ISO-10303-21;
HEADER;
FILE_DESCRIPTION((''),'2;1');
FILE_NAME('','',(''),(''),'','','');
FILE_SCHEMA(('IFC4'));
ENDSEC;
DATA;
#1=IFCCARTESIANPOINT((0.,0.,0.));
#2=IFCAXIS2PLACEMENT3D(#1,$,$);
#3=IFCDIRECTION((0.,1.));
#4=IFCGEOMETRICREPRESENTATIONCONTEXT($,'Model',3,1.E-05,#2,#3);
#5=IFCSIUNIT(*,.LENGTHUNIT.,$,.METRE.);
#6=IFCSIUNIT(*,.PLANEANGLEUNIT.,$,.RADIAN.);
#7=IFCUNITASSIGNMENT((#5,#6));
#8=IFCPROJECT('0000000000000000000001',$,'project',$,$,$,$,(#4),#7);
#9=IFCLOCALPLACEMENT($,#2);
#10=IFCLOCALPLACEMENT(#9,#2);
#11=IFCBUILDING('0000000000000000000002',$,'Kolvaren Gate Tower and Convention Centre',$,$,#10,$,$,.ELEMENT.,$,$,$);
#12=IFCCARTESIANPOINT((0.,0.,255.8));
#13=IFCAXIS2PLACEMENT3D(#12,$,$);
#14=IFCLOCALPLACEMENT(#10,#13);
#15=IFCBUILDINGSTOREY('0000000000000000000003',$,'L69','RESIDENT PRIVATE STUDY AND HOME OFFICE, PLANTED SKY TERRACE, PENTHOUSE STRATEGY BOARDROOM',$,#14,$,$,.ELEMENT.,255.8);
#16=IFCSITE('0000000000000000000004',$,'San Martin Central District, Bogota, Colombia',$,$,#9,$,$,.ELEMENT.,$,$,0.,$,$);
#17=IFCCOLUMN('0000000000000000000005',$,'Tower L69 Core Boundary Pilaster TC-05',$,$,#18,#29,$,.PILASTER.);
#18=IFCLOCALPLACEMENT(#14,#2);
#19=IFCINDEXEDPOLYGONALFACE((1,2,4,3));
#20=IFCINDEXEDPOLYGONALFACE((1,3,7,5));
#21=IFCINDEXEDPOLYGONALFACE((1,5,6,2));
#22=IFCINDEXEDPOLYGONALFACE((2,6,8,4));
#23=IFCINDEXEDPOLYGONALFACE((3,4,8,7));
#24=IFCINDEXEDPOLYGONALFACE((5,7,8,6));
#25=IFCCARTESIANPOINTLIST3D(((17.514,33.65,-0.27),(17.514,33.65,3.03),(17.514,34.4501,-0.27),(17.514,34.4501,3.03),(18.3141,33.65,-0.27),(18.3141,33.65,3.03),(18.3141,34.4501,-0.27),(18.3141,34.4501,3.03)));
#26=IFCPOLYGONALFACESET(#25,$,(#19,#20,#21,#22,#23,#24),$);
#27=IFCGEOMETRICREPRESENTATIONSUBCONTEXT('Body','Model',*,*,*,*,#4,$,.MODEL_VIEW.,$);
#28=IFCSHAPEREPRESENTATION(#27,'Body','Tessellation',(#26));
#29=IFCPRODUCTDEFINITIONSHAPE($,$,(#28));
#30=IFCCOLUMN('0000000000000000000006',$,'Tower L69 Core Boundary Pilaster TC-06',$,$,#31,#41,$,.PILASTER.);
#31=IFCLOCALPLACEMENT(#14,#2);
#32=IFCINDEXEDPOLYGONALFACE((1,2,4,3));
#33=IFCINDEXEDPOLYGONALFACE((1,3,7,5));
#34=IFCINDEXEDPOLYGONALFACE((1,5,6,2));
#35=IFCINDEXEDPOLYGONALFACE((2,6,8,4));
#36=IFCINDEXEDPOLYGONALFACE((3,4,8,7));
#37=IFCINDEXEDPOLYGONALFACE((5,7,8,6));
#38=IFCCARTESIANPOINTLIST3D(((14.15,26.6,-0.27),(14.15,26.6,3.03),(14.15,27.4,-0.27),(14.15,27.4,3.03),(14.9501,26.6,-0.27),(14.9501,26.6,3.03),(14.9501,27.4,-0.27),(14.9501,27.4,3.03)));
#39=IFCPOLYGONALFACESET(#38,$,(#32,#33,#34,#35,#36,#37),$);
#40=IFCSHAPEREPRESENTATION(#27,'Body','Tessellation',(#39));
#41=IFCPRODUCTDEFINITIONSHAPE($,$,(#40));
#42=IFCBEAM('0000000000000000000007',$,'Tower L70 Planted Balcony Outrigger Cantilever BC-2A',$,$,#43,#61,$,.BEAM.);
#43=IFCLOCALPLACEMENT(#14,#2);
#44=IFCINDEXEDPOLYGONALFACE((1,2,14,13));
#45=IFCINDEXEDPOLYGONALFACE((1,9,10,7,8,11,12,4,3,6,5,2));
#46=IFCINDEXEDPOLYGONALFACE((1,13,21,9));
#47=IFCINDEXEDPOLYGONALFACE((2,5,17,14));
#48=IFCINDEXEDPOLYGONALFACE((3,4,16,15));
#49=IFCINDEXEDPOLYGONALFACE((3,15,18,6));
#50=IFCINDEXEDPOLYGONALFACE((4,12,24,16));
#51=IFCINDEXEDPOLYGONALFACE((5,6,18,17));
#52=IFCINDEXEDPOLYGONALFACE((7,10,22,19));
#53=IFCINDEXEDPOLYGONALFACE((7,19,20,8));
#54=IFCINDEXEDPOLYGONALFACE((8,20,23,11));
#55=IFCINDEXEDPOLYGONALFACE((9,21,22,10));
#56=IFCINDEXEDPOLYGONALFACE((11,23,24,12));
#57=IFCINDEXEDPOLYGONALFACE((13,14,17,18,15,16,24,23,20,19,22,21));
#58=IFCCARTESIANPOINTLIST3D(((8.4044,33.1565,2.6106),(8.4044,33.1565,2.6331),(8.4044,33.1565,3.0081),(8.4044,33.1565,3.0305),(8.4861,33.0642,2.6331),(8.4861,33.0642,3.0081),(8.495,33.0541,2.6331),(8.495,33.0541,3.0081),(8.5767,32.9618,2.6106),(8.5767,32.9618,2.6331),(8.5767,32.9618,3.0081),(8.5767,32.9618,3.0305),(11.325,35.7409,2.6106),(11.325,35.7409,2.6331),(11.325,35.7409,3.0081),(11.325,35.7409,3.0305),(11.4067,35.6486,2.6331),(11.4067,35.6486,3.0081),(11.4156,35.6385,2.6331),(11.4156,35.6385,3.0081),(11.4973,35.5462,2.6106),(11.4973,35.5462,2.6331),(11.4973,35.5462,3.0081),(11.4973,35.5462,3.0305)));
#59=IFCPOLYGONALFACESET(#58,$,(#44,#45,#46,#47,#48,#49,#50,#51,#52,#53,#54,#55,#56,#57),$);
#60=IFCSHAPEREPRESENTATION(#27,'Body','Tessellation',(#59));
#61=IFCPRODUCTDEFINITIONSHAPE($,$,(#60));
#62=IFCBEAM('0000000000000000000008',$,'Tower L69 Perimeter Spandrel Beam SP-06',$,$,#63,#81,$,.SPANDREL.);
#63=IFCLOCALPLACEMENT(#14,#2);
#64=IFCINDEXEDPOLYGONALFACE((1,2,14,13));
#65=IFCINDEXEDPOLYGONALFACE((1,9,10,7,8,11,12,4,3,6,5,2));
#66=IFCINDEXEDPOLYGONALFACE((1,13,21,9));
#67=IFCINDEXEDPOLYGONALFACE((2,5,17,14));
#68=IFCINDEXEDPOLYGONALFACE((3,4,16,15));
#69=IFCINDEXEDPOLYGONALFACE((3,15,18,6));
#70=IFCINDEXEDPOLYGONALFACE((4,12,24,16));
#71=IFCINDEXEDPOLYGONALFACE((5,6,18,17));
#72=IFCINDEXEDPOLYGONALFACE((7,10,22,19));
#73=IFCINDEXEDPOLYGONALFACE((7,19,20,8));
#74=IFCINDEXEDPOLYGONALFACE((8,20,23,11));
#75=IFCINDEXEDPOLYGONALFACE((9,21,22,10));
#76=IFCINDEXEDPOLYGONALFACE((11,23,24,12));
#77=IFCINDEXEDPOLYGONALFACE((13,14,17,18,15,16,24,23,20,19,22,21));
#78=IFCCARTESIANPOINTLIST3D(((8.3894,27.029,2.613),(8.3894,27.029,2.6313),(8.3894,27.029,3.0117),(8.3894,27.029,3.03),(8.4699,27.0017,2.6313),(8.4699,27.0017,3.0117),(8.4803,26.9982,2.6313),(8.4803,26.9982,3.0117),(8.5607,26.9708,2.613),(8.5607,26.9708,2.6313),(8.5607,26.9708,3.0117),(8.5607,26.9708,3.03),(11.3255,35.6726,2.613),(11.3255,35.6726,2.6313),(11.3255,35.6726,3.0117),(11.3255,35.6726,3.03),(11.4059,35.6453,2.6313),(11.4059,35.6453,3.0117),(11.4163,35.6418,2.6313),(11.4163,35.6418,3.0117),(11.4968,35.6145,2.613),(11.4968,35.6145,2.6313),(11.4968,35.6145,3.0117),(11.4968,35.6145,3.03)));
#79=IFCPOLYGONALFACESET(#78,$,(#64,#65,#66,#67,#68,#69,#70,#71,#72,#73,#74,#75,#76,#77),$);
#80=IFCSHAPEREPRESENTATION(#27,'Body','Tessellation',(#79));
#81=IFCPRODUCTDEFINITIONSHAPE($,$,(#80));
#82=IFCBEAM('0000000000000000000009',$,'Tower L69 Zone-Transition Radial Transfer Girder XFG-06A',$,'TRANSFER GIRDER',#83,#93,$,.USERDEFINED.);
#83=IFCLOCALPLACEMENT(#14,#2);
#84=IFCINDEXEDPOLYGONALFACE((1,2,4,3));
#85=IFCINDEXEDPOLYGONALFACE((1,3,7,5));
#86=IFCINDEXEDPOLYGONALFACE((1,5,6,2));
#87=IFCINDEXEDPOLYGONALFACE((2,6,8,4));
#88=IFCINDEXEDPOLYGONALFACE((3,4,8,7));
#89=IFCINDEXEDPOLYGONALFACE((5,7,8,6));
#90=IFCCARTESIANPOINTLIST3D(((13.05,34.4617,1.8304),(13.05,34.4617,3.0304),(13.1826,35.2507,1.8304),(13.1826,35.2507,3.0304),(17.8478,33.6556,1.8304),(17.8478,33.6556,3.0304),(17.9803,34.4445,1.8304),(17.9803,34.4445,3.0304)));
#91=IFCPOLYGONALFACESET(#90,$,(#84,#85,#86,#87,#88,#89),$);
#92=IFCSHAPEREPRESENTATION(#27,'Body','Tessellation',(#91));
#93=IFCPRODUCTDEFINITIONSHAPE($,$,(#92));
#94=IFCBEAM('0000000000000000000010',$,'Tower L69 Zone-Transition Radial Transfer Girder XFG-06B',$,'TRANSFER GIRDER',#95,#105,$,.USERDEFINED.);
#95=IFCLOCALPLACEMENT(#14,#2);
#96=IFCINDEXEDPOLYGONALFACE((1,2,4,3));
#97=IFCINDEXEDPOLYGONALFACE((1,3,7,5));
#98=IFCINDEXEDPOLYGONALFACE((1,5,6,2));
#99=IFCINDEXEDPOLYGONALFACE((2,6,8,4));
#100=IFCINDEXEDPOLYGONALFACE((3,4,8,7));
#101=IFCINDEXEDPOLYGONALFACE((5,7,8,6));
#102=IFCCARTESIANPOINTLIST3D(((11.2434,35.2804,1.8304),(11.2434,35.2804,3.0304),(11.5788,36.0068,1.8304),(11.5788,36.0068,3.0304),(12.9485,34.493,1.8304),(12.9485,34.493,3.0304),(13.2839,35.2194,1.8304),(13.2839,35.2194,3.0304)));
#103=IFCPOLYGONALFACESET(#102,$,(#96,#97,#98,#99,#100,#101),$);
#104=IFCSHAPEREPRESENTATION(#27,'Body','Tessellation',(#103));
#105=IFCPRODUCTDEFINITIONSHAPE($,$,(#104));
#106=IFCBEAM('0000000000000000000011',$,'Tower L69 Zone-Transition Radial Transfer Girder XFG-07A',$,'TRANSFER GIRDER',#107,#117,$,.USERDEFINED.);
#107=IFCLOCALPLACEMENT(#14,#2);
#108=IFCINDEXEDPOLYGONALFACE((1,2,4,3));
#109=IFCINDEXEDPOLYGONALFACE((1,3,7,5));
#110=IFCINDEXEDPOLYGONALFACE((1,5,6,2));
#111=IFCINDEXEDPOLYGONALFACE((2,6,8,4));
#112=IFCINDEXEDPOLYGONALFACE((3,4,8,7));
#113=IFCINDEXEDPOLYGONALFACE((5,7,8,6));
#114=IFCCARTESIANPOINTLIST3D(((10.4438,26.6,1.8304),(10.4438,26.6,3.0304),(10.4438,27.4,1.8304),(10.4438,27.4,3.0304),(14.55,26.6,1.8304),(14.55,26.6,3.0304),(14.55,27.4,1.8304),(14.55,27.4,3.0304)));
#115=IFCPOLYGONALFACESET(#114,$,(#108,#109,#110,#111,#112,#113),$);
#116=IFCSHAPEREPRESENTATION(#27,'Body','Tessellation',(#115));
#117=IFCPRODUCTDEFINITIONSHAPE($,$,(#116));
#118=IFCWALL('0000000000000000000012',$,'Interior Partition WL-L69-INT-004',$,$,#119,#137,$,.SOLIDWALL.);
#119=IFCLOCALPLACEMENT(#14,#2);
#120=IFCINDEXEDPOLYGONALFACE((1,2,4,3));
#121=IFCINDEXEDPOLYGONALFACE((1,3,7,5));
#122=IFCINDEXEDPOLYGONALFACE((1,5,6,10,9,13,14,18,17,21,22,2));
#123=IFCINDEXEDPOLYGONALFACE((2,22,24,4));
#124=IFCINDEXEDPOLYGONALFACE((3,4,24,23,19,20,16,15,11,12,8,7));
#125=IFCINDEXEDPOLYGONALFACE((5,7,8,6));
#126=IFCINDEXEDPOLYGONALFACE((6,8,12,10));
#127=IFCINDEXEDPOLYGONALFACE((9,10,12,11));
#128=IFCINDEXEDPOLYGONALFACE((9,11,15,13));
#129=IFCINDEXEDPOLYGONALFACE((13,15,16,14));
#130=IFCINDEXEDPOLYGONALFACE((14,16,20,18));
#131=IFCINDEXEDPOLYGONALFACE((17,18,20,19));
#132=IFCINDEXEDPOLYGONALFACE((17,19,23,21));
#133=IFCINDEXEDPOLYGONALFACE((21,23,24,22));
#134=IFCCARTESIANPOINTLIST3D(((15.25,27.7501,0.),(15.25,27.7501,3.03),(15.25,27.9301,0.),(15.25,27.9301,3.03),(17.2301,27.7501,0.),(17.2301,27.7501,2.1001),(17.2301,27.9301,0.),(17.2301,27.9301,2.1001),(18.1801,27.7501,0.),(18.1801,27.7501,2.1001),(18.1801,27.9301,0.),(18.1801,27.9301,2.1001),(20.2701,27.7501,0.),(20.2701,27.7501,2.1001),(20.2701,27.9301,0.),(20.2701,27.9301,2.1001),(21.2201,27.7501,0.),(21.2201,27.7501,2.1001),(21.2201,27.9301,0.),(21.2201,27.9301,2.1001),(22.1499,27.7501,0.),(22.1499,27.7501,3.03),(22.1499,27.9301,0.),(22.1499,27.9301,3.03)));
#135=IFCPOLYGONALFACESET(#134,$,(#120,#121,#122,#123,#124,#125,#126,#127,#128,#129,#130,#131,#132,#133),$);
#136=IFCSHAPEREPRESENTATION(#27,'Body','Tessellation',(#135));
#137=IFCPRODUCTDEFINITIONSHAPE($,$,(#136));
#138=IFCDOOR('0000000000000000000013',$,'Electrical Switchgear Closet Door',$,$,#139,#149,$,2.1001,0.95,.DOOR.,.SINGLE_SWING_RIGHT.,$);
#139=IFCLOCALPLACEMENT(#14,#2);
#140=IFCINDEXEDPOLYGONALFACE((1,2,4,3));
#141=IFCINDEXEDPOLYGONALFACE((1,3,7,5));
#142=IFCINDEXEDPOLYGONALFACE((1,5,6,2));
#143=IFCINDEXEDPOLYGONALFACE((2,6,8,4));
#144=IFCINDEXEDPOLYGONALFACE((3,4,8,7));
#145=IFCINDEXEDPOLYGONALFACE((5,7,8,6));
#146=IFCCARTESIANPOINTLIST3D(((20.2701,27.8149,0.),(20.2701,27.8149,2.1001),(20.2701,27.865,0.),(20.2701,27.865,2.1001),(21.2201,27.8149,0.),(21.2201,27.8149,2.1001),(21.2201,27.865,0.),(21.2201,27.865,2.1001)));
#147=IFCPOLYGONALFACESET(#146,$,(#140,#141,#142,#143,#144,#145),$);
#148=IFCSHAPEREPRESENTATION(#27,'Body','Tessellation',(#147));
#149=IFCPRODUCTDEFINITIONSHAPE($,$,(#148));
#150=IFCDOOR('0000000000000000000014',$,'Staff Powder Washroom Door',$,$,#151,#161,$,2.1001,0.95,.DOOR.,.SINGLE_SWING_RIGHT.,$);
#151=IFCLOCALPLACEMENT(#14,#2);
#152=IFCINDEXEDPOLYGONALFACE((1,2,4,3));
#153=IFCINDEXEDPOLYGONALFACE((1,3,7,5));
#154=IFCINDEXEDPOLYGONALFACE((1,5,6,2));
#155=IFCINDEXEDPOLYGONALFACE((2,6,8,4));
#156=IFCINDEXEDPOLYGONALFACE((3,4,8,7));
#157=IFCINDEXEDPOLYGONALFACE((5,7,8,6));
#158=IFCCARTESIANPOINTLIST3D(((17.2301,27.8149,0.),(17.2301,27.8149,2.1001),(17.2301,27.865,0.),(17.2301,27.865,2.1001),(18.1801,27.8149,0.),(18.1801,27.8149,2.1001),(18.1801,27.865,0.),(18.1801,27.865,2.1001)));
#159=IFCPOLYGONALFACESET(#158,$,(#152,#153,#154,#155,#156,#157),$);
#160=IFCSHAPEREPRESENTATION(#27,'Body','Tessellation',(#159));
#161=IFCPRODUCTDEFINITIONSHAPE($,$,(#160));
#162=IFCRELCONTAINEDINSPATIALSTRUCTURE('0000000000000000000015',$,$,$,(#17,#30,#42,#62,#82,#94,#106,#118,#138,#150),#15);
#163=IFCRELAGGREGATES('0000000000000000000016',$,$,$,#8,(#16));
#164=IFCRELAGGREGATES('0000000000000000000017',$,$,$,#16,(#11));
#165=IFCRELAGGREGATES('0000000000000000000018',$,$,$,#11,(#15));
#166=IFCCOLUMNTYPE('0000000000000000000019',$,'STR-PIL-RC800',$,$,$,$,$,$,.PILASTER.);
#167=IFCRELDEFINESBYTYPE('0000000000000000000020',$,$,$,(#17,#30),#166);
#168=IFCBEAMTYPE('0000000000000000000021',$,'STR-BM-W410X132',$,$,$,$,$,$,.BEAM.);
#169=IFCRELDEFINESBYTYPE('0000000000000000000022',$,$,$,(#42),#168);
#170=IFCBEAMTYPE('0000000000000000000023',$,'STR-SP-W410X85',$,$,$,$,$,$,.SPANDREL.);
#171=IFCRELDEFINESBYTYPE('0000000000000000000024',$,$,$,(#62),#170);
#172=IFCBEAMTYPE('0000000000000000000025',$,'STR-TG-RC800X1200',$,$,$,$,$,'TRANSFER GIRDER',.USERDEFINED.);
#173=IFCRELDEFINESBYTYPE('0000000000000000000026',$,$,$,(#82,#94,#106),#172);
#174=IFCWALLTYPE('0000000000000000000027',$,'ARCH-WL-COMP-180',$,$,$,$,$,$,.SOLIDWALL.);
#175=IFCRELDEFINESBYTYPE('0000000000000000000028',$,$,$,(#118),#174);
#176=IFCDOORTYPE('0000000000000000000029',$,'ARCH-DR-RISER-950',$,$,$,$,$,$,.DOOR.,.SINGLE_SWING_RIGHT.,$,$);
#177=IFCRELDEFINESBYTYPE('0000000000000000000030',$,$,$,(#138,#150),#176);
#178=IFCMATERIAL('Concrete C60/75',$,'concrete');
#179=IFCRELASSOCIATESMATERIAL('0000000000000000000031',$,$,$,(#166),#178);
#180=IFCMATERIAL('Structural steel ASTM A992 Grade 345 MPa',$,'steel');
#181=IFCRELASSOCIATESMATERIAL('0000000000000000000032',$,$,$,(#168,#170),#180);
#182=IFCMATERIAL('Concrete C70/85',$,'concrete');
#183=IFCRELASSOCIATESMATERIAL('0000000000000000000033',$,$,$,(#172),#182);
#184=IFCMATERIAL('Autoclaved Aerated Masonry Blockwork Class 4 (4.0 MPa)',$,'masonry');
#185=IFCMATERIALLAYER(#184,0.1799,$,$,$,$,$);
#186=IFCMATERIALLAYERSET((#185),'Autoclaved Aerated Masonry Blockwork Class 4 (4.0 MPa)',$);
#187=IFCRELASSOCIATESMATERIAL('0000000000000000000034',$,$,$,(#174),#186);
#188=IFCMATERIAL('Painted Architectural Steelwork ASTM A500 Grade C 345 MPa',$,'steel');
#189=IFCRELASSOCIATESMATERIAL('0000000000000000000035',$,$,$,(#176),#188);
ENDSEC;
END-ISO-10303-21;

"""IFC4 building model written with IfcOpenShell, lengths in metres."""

from ifc_helpers import new_model, si_unit, direction, frame, frame_2d, origin, origin_2d, place, context, subcontext, project, spatial, rectangle, i_section, extrude, material, layer, layer_set, material_profile, profile_set, type_object, element, fill, save


model = new_model("IFC4")

# Units and contexts
model_context = context("Model", 3, precision=1e-05, world=origin(), true_north=direction((0.0, 1.0)))
body_context = subcontext(model_context, "Body", "Model", "MODEL_VIEW")
ifc_project = project(units=[si_unit("LENGTHUNIT", "METRE"), si_unit("PLANEANGLEUNIT", "RADIAN")], contexts=[model_context])

# Site, building, storey
site_placement = place(None, origin())
site = spatial("IfcSite", under=ifc_project, at=site_placement, Name="San Martin Central District, Bogota, Colombia", CompositionType="ELEMENT", RefElevation=0.0)
building_placement = place(site_placement, origin())
building = spatial("IfcBuilding", under=site, at=building_placement, Name="Kolvaren Gate Tower and Convention Centre", CompositionType="ELEMENT")
storey_placement = place(building_placement, frame((0.0, 0.0, 255.8)))
storey = spatial("IfcBuildingStorey", under=building, at=storey_placement, Name="L69", Description="RESIDENT PRIVATE STUDY AND HOME OFFICE, PLANTED SKY TERRACE, PENTHOUSE STRATEGY BOARDROOM", CompositionType="ELEMENT", Elevation=255.8)

# Columns
ifc_material_1 = material(Name="Concrete C60/75", Category="concrete")
ifc_material_profile_1 = material_profile(ifc_material_1, rectangle(XDim=0.8, YDim=0.8, at=origin_2d()), Name="RC-COL-800X800")
ifc_profile_set_1 = profile_set([ifc_material_profile_1], Name="Concrete C60/75")
column_type = type_object("IfcColumnType", Name="STR-PIL-RC800", PredefinedType="PILASTER", material=ifc_profile_set_1)
for number, where, z_axis, x_axis, name in (
    (1, (17.9141, 34.05, -0.27), (0.0, 0.0, 1.0), (1.0, 0.0, 0.0), "Tower L69 Core Boundary Pilaster TC-05"),
    (2, (14.55, 27.0, -0.27), (0.0, 0.0, 1.0), (1.0, 0.0, 0.0), "Tower L69 Core Boundary Pilaster TC-06"),
):
    element("IfcColumn", number, at=place(storey_placement, frame(where, z_axis=z_axis, x_axis=x_axis)), inside=storey, type_object=column_type, Name=name, PredefinedType="PILASTER", context=body_context, shape_type="SweptSolid", body=[
        extrude(rectangle(XDim=0.8, YDim=0.8, at=origin_2d()), origin(), (0.0, 0.0, 1.0), 3.3),
    ])

# Beams
ifc_material_2 = material(Name="Structural steel ASTM A992 Grade 345 MPa", Category="steel")
ifc_material_profile_2 = material_profile(ifc_material_2, i_section(OverallWidth=0.26, OverallDepth=0.4199, WebThickness=0.0134, FlangeThickness=0.0225, at=origin_2d()), Name="W410X132")
ifc_profile_set_2 = profile_set([ifc_material_profile_2], Name="Structural steel ASTM A992 Grade 345 MPa")
beam_type_1 = type_object("IfcBeamType", Name="STR-BM-W410X132", PredefinedType="BEAM", material=ifc_profile_set_2)
beam_1_placement = place(storey_placement, frame((11.4111, 35.6436, 2.8206), z_axis=(-0.748893, -0.662691, 0.0), x_axis=(0.662691, -0.748893, 0.0)))
element("IfcBeam", 3, at=beam_1_placement, inside=storey, type_object=beam_type_1, Name="Tower L70 Planted Balcony Outrigger Cantilever BC-2A", PredefinedType="BEAM", context=body_context, shape_type="SweptSolid", body=[
    extrude(i_section(OverallWidth=0.26, OverallDepth=0.4199, WebThickness=0.0134, FlangeThickness=0.0225, at=origin_2d()), origin(), (0.0, 0.0, 1.0), 3.8999),
])
ifc_material_profile_3 = material_profile(ifc_material_2, i_section(OverallWidth=0.1809, OverallDepth=0.417, WebThickness=0.011, FlangeThickness=0.0183, at=origin_2d()), Name="W410X85")
ifc_profile_set_3 = profile_set([ifc_material_profile_3], Name="Structural steel ASTM A992 Grade 345 MPa")
beam_type_2 = type_object("IfcBeamType", Name="STR-SP-W410X85", PredefinedType="SPANDREL", material=ifc_profile_set_3)
beam_2_placement = place(storey_placement, frame((11.4111, 35.6436, 2.8215), z_axis=(-0.32163, -0.946865, 0.0), x_axis=(0.946865, -0.32163, 0.0)))
element("IfcBeam", 4, at=beam_2_placement, inside=storey, type_object=beam_type_2, Name="Tower L69 Perimeter Spandrel Beam SP-06", PredefinedType="SPANDREL", context=body_context, shape_type="SweptSolid", body=[
    extrude(i_section(OverallWidth=0.1809, OverallDepth=0.417, WebThickness=0.011, FlangeThickness=0.0183, at=origin_2d()), origin(), (0.0, 0.0, 1.0), 9.1287),
])
ifc_material_3 = material(Name="Concrete C70/85", Category="concrete")
ifc_material_profile_4 = material_profile(ifc_material_3, rectangle(XDim=0.8, YDim=1.2, at=origin_2d()), Name="RC-BM-800X1200")
ifc_profile_set_4 = profile_set([ifc_material_profile_4], Name="Concrete C70/85")
beam_type_3 = type_object("IfcBeamType", Name="STR-TG-RC800X1200", ElementType="TRANSFER GIRDER", PredefinedType="USERDEFINED", material=ifc_profile_set_4)
beam_3_placement = place(storey_placement, frame((17.9141, 34.05, 2.4304), z_axis=(-0.986176, 0.165701, 0.0), x_axis=(-0.165701, -0.986176, 0.0)))
element("IfcBeam", 5, at=beam_3_placement, inside=storey, type_object=beam_type_3, Name="Tower L69 Zone-Transition Radial Transfer Girder XFG-06A", ObjectType="TRANSFER GIRDER", PredefinedType="USERDEFINED", context=body_context, shape_type="SweptSolid", body=[
    extrude(rectangle(XDim=0.8, YDim=1.2, at=origin_2d()), origin(), (0.0, 0.0, 1.0), 4.865),
])
beam_4_placement = place(storey_placement, frame((13.1162, 34.8562, 2.4304), z_axis=(-0.907879, 0.419231, 0.0), x_axis=(-0.419231, -0.907879, 0.0)))
element("IfcBeam", 6, at=beam_4_placement, inside=storey, type_object=beam_type_3, Name="Tower L69 Zone-Transition Radial Transfer Girder XFG-06B", ObjectType="TRANSFER GIRDER", PredefinedType="USERDEFINED", context=body_context, shape_type="SweptSolid", body=[
    extrude(rectangle(XDim=0.8, YDim=1.2, at=origin_2d()), origin(), (0.0, 0.0, 1.0), 1.8782),
])
beam_5_placement = place(storey_placement, frame((14.55, 27.0, 2.4304), z_axis=(-1.0, 0.0, 0.0), x_axis=(0.0, -1.0, 0.0)))
element("IfcBeam", 7, at=beam_5_placement, inside=storey, type_object=beam_type_3, Name="Tower L69 Zone-Transition Radial Transfer Girder XFG-07A", ObjectType="TRANSFER GIRDER", PredefinedType="USERDEFINED", context=body_context, shape_type="SweptSolid", body=[
    extrude(rectangle(XDim=0.8, YDim=1.2, at=origin_2d()), origin(), (0.0, 0.0, 1.0), 4.1062),
])

# Wall, openings, doors
ifc_material_4 = material(Name="Autoclaved Aerated Masonry Blockwork Class 4 (4.0 MPa)", Category="masonry")
ifc_layer_1 = layer(ifc_material_4, 0.1799)
ifc_layer_set_1 = layer_set([ifc_layer_1], Name="Autoclaved Aerated Masonry Blockwork Class 4 (4.0 MPa)")
wall_type_1 = type_object("IfcWallType", Name="ARCH-WL-COMP-180", PredefinedType="SOLIDWALL", material=ifc_layer_set_1)
wall_1_placement = place(storey_placement, frame((15.25, 27.8401, 0.0), z_axis=(0.0, 0.0, 1.0), x_axis=(1.0, 0.0, 0.0)))
wall_1 = element("IfcWall", 8, at=wall_1_placement, inside=storey, type_object=wall_type_1, Name="Interior Partition WL-L69-INT-004", PredefinedType="SOLIDWALL", context=body_context, shape_type="SweptSolid", body=[
    extrude(rectangle(XDim=6.8999, YDim=0.1799, at=frame_2d((3.45, 0.0))), origin(), (0.0, 0.0, 1.0), 3.03),
])
opening_1_placement = place(wall_1_placement, frame((5.02, 0.0, 0.0)))
opening_1 = element("IfcOpeningElement", 9, at=opening_1_placement, cuts=wall_1, PredefinedType="OPENING", context=body_context, shape_type="SweptSolid", body=[
    extrude(rectangle(XDim=0.95, YDim=2.1001, at=frame_2d((0.4751, 1.05))), frame((0.0, 0.0999, 0.0), z_axis=(0.0, -1.0, 0.0), x_axis=(1.0, 0.0, 0.0)), (0.0, 0.0, 1.0), 0.2),
])
opening_2_placement = place(wall_1_placement, frame((1.98, 0.0, 0.0)))
opening_2 = element("IfcOpeningElement", 10, at=opening_2_placement, cuts=wall_1, PredefinedType="OPENING", context=body_context, shape_type="SweptSolid", body=[
    extrude(rectangle(XDim=0.95, YDim=2.1001, at=frame_2d((0.4751, 1.05))), frame((0.0, 0.0999, 0.0), z_axis=(0.0, -1.0, 0.0), x_axis=(1.0, 0.0, 0.0)), (0.0, 0.0, 1.0), 0.2),
])
ifc_material_5 = material(Name="Painted Architectural Steelwork ASTM A500 Grade C 345 MPa", Category="steel")
door_type = type_object("IfcDoorType", Name="ARCH-DR-RISER-950", OperationType="SINGLE_SWING_RIGHT", PredefinedType="DOOR", material=ifc_material_5)
door_1_placement = place(opening_1_placement, origin())
door_1 = element("IfcDoor", 11, at=door_1_placement, inside=storey, type_object=door_type, Name="Electrical Switchgear Closet Door", OperationType="SINGLE_SWING_RIGHT", OverallHeight=2.1001, OverallWidth=0.95, PredefinedType="DOOR", context=body_context, shape_type="SweptSolid", body=[
    extrude(rectangle(XDim=0.95, YDim=2.1001, at=frame_2d((0.4751, 1.05))), frame((0.0, 0.0249, 0.0), z_axis=(0.0, -1.0, 0.0), x_axis=(1.0, 0.0, 0.0)), (0.0, 0.0, 1.0), 0.05),
])
fill(opening_1, door_1)
door_2_placement = place(opening_2_placement, origin())
door_2 = element("IfcDoor", 12, at=door_2_placement, inside=storey, type_object=door_type, Name="Staff Powder Washroom Door", OperationType="SINGLE_SWING_RIGHT", OverallHeight=2.1001, OverallWidth=0.95, PredefinedType="DOOR", context=body_context, shape_type="SweptSolid", body=[
    extrude(rectangle(XDim=0.95, YDim=2.1001, at=frame_2d((0.4751, 1.05))), frame((0.0, 0.0249, 0.0), z_axis=(0.0, -1.0, 0.0), x_axis=(1.0, 0.0, 0.0)), (0.0, 0.0, 1.0), 0.05),
])
fill(opening_2, door_2)

save(model, "model.ifc")
